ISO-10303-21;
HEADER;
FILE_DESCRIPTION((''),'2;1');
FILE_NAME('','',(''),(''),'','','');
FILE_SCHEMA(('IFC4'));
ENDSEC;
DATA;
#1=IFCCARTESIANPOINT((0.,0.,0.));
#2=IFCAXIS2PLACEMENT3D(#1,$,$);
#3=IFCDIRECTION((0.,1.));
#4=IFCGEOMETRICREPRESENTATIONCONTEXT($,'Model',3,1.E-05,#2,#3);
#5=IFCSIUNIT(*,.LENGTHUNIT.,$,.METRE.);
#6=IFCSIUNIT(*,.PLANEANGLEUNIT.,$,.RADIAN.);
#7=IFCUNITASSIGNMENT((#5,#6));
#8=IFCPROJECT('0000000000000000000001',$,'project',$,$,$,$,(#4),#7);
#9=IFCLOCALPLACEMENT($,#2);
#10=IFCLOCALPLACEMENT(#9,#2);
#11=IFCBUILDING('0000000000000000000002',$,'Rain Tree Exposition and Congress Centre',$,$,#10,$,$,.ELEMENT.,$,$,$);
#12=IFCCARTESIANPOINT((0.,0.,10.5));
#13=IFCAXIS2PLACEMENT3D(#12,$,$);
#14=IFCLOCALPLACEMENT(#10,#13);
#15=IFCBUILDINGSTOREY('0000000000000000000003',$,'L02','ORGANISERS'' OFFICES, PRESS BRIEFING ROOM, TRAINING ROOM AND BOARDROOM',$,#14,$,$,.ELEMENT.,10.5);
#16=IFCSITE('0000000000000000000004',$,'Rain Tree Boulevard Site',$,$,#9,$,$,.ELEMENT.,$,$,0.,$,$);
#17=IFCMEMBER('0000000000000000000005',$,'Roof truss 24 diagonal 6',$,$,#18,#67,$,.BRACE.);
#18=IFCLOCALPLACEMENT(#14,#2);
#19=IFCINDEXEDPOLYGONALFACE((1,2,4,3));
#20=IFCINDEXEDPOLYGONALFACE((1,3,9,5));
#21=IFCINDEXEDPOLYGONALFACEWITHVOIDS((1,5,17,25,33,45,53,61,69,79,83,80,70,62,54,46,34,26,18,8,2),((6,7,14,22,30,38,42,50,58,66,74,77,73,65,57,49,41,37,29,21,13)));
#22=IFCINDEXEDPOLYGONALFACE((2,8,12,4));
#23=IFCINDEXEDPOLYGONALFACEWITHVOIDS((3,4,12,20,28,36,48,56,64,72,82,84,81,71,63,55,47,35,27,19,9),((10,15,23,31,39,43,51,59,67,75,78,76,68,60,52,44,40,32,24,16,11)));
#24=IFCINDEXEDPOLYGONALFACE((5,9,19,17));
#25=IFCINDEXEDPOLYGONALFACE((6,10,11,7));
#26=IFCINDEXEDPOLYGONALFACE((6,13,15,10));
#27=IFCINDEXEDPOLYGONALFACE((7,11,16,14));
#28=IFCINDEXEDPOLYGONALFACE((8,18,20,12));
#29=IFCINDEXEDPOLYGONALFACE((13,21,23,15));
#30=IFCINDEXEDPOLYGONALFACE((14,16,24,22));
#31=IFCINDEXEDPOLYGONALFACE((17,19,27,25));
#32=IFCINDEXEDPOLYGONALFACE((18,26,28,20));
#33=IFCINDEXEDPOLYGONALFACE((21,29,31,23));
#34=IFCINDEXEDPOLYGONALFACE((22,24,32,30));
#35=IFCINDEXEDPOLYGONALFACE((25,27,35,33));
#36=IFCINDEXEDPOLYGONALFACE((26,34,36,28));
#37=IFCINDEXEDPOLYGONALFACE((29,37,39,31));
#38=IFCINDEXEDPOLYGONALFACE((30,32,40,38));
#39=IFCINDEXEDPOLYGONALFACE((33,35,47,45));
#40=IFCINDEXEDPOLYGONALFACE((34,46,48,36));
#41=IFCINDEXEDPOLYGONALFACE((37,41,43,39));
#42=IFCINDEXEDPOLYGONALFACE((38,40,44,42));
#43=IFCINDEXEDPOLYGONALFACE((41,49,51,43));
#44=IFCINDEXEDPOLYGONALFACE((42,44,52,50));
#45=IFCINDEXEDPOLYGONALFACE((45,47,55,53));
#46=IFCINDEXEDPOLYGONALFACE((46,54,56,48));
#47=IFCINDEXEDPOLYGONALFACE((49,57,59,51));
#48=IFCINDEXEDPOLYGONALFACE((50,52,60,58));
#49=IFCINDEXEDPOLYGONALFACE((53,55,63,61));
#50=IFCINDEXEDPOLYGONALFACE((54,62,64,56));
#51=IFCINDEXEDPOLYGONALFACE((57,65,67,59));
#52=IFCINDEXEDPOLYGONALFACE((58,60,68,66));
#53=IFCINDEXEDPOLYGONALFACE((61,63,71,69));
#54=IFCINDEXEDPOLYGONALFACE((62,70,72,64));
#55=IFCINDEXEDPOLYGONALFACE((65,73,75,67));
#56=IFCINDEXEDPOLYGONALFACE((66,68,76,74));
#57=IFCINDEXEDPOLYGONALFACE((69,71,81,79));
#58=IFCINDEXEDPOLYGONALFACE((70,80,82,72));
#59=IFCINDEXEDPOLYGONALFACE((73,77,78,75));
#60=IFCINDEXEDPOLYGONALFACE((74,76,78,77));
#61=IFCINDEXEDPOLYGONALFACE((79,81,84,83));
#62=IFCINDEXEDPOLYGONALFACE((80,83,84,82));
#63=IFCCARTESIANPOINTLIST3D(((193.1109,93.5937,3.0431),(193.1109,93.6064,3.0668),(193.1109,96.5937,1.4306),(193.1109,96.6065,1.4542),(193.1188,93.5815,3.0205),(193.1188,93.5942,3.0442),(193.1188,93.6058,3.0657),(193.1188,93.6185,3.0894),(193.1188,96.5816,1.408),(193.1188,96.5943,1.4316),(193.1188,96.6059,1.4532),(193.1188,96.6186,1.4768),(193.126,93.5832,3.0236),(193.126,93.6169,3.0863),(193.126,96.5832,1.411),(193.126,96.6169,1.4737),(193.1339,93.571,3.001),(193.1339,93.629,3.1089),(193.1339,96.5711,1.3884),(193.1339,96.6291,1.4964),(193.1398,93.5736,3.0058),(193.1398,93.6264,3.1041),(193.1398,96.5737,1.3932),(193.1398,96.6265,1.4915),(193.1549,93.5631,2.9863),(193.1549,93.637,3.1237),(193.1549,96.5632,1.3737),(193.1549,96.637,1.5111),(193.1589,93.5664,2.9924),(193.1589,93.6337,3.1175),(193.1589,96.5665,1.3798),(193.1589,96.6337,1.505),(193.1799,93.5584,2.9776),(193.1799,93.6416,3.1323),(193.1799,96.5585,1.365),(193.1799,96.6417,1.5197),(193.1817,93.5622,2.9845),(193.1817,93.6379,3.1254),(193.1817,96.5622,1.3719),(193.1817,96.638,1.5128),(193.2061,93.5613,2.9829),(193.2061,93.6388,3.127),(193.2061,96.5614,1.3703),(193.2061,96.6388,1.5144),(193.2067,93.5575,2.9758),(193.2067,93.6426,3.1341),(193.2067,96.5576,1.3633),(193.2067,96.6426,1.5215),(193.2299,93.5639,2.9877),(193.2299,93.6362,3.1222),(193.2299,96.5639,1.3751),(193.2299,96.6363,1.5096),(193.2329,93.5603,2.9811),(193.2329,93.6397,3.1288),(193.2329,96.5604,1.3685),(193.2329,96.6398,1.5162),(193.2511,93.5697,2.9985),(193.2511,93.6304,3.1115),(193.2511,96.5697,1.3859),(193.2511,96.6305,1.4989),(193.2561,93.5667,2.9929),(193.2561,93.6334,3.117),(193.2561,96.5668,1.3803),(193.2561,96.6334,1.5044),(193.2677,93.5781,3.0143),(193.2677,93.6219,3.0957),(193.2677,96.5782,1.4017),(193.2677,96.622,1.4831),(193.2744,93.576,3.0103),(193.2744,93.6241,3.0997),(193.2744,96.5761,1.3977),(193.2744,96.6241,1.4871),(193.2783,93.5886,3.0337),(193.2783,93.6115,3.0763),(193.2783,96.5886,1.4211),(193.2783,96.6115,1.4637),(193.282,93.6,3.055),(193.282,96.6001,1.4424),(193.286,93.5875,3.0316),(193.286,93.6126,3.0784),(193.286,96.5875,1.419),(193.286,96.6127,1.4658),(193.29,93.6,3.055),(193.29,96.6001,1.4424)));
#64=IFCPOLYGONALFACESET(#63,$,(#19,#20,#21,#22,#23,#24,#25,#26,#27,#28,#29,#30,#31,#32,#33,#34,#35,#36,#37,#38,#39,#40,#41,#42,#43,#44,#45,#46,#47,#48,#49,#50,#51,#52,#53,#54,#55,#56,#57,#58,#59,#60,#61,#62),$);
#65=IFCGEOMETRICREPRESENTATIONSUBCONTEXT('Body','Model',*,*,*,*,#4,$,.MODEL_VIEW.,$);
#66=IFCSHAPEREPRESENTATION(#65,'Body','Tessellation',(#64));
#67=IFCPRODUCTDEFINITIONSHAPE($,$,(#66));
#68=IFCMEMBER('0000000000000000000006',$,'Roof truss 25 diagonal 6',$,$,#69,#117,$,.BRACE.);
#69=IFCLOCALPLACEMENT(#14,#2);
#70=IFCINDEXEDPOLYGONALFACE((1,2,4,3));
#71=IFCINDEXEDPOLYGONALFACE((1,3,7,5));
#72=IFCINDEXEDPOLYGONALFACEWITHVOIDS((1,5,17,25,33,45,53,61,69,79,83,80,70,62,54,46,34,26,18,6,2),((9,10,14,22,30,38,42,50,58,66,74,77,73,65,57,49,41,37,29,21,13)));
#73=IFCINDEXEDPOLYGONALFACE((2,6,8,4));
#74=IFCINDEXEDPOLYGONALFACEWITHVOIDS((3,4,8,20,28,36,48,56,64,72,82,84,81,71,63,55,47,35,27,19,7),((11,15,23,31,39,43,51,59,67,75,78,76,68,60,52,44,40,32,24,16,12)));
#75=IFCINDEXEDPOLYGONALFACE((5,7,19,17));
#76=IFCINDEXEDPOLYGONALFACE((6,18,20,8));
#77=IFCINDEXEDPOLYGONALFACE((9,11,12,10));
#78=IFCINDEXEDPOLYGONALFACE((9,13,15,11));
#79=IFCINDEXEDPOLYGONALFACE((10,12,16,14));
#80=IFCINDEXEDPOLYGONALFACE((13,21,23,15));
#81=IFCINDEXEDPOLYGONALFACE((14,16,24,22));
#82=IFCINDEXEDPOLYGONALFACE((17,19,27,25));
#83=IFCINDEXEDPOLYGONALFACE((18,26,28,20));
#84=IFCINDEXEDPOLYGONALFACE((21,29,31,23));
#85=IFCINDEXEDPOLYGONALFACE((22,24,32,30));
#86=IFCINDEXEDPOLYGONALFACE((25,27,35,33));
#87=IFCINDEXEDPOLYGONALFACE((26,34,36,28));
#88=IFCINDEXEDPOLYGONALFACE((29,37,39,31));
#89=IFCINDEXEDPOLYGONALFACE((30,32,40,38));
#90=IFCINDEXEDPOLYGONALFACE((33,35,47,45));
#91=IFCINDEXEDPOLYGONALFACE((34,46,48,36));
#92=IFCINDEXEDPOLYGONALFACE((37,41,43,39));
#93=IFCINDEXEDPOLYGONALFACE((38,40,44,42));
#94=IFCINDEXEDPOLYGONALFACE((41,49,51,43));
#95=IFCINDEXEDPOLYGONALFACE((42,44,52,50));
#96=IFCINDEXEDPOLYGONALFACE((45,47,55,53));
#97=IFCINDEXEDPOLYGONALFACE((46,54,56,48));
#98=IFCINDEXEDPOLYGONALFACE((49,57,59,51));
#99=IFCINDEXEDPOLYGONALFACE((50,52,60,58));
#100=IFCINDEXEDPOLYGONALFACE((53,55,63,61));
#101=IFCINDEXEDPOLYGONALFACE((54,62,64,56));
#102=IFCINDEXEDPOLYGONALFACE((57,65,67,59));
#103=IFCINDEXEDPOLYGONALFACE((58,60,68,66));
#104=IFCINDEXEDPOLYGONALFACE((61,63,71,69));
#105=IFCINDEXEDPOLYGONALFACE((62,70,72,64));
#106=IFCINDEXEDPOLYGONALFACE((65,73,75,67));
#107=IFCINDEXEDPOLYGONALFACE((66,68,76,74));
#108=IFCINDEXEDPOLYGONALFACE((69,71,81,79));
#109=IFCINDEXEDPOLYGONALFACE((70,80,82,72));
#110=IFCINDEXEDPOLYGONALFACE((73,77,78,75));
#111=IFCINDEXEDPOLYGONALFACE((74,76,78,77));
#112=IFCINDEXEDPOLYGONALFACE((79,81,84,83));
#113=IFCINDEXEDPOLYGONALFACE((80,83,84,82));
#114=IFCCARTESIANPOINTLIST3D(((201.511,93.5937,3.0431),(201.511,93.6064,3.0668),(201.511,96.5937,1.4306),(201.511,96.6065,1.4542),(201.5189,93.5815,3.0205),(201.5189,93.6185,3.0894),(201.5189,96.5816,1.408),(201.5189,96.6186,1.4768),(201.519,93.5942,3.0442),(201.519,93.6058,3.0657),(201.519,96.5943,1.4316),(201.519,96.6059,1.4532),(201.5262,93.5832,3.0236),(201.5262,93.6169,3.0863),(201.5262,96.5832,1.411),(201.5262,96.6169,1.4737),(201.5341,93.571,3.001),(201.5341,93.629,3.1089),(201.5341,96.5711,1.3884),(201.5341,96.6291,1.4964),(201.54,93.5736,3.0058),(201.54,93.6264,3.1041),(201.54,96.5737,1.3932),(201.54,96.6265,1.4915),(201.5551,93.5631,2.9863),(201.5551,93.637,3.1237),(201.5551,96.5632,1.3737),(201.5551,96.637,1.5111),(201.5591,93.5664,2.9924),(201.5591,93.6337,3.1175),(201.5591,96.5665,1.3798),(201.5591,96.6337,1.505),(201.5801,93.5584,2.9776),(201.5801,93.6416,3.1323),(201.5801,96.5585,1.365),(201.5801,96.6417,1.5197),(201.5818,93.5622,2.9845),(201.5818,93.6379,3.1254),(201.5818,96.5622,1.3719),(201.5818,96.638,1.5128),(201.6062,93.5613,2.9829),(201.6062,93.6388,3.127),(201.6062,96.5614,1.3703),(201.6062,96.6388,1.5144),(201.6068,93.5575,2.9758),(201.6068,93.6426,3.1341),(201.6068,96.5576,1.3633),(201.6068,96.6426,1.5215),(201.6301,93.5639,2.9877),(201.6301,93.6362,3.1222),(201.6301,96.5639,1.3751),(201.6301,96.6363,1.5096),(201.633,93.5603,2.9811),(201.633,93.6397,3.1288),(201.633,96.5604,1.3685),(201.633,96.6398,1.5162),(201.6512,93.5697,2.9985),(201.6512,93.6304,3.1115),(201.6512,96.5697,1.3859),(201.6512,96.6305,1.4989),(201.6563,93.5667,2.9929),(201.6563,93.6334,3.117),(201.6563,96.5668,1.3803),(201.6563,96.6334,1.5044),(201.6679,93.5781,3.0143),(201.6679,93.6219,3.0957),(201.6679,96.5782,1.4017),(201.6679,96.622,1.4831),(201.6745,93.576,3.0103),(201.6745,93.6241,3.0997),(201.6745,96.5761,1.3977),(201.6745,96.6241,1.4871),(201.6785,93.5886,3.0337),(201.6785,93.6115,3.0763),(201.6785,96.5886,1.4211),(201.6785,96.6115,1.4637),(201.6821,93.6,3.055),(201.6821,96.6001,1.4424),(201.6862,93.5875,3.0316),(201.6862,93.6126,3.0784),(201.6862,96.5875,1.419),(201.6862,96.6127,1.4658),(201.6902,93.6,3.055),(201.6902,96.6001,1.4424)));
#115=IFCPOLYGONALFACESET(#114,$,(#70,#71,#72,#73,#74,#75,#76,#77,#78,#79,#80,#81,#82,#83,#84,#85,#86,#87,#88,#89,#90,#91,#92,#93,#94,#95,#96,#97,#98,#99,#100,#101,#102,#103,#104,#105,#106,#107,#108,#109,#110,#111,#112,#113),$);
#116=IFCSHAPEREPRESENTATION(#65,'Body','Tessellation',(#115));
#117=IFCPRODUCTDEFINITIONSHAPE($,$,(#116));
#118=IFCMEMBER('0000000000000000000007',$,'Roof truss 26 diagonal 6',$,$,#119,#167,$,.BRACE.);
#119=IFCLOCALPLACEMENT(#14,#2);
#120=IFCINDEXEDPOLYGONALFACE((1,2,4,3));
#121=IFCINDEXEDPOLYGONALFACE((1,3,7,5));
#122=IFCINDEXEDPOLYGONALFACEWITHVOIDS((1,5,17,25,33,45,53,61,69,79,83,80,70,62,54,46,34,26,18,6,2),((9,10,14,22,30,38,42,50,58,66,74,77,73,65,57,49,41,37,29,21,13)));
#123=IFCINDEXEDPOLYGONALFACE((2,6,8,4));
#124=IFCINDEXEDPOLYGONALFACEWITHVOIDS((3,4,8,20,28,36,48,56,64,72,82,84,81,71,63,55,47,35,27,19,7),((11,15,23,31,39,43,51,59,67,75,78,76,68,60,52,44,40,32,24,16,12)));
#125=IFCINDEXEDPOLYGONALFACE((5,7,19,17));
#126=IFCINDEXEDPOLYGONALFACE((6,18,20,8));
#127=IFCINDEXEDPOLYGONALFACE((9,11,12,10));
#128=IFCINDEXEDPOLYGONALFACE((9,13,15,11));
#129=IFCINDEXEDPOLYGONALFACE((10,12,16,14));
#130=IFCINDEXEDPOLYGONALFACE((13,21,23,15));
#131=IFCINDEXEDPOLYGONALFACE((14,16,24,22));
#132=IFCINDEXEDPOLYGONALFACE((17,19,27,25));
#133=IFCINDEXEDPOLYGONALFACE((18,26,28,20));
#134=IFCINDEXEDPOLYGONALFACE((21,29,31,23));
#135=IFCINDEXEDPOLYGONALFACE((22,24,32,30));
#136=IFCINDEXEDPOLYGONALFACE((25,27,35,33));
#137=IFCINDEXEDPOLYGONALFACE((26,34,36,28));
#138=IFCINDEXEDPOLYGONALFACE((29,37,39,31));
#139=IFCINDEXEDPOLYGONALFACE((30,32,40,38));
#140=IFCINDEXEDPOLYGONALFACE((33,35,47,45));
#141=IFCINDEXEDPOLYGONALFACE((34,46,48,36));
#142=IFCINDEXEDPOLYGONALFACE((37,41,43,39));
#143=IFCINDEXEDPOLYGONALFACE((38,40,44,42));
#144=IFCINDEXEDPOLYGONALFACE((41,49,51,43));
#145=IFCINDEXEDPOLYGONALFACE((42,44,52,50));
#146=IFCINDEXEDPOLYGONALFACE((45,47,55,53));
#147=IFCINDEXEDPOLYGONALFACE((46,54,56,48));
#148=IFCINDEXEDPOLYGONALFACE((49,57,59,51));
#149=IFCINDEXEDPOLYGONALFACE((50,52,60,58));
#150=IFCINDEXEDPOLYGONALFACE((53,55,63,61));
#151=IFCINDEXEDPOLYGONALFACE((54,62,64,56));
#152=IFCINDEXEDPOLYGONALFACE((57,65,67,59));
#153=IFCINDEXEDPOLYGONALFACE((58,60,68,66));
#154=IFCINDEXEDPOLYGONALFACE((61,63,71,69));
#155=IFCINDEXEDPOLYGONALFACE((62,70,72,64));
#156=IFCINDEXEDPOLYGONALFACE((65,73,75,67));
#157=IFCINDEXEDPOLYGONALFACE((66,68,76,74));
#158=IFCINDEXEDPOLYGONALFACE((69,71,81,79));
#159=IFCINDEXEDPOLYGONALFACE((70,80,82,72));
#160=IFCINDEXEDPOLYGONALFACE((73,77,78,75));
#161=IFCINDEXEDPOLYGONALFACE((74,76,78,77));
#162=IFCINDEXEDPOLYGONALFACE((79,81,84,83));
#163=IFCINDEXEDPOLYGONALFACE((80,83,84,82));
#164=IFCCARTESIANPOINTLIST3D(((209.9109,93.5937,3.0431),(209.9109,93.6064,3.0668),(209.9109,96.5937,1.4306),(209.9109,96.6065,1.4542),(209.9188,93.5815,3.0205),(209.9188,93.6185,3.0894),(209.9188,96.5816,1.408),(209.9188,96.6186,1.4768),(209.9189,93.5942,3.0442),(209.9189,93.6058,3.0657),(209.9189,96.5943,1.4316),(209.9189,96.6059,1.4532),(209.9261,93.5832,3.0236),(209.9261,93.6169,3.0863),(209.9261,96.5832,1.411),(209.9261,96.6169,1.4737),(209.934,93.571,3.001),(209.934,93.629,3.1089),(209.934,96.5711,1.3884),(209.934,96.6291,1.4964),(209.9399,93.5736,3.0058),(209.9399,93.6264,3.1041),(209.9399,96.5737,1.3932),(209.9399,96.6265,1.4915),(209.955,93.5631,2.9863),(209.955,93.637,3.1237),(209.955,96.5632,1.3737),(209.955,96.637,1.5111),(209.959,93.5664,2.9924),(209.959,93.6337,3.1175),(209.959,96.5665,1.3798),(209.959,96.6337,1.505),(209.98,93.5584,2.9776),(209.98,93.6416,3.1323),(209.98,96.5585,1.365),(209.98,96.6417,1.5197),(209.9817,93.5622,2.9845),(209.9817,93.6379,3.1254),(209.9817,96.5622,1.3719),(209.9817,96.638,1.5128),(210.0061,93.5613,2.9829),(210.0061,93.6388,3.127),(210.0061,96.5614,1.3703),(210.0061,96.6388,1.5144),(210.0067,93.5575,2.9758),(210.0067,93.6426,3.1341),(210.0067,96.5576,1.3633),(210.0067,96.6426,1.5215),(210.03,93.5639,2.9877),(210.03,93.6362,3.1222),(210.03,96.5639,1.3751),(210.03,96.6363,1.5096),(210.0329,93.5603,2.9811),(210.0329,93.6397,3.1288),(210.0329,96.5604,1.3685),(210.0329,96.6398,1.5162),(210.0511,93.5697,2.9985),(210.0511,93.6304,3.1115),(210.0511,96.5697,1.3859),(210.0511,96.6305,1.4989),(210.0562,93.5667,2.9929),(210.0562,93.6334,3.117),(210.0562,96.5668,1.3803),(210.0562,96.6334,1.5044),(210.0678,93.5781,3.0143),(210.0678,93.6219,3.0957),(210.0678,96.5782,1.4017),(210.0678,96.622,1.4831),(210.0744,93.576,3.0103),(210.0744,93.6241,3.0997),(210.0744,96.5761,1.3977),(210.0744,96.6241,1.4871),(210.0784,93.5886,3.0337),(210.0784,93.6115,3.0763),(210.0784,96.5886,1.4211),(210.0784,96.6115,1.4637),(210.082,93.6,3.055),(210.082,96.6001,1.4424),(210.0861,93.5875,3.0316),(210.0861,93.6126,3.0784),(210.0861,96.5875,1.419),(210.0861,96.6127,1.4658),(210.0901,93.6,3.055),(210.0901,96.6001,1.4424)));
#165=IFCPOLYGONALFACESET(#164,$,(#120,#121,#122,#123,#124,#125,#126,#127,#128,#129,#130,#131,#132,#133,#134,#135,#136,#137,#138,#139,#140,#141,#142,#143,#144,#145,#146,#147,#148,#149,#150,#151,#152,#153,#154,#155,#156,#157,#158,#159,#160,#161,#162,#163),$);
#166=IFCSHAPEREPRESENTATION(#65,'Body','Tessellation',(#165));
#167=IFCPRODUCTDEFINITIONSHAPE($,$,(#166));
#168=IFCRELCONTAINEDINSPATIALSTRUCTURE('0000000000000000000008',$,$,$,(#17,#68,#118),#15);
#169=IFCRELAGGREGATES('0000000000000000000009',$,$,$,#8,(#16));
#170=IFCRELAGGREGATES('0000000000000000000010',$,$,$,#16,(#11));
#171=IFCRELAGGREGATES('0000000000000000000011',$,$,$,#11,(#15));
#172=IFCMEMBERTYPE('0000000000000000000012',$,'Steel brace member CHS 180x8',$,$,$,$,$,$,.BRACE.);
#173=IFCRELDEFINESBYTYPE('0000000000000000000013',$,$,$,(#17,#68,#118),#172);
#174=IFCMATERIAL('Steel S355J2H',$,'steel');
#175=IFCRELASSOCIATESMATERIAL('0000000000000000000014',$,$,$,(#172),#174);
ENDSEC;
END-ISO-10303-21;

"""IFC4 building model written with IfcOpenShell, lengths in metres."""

from ifc_helpers import new_model, si_unit, direction, frame, origin, origin_2d, place, context, subcontext, project, spatial, hollow_circle, extrude, material, material_profile, profile_set, type_object, element, save


model = new_model("IFC4")

# Units and contexts
model_context = context("Model", 3, precision=1e-05, world=origin(), true_north=direction((0.0, 1.0)))
body_context = subcontext(model_context, "Body", "Model", "MODEL_VIEW")
ifc_project = project(units=[si_unit("LENGTHUNIT", "METRE"), si_unit("PLANEANGLEUNIT", "RADIAN")], contexts=[model_context])

# Site, building, storey
site_placement = place(None, origin())
site = spatial("IfcSite", under=ifc_project, at=site_placement, Name="Rain Tree Boulevard Site", CompositionType="ELEMENT", RefElevation=0.0)
building_placement = place(site_placement, origin())
building = spatial("IfcBuilding", under=site, at=building_placement, Name="Rain Tree Exposition and Congress Centre", CompositionType="ELEMENT")
storey_placement = place(building_placement, frame((0.0, 0.0, 10.5)))
storey = spatial("IfcBuildingStorey", under=building, at=storey_placement, Name="L02", Description="ORGANISERS' OFFICES, PRESS BRIEFING ROOM, TRAINING ROOM AND BOARDROOM", CompositionType="ELEMENT", Elevation=10.5)

# Members
ifc_material_1 = material(Name="Steel S355J2H", Category="steel")
ifc_material_profile_1 = material_profile(ifc_material_1, hollow_circle(Radius=0.0901, WallThickness=0.0081, at=origin_2d()), Name="CHS 180x8")
ifc_profile_set_1 = profile_set([ifc_material_profile_1], Name="Steel S355J2H")
member_type_1 = type_object("IfcMemberType", Name="Steel brace member CHS 180x8", PredefinedType="BRACE", material=ifc_profile_set_1)
for number, where, z_axis, x_axis, name in (
    (1, (193.2, 96.6001, 1.4424), (0.0, -0.880818, 0.473454), (1.0, 0.0, 0.0), "Roof truss 24 diagonal 6"),
    (2, (201.6001, 96.6001, 1.4424), (0.0, -0.880818, 0.473454), (1.0, 0.0, 0.0), "Roof truss 25 diagonal 6"),
    (3, (210.0, 96.6001, 1.4424), (0.0, -0.880818, 0.473454), (1.0, 0.0, 0.0), "Roof truss 26 diagonal 6"),
):
    element("IfcMember", number, at=place(storey_placement, frame(where, z_axis=z_axis, x_axis=x_axis)), inside=storey, type_object=member_type_1, Name=name, PredefinedType="BRACE", context=body_context, shape_type="SweptSolid", body=[
        extrude(hollow_circle(Radius=0.0901, WallThickness=0.0081, at=origin_2d()), origin(), (0.0, 0.0, 1.0), 3.406),
    ])

save(model, "model.ifc")
